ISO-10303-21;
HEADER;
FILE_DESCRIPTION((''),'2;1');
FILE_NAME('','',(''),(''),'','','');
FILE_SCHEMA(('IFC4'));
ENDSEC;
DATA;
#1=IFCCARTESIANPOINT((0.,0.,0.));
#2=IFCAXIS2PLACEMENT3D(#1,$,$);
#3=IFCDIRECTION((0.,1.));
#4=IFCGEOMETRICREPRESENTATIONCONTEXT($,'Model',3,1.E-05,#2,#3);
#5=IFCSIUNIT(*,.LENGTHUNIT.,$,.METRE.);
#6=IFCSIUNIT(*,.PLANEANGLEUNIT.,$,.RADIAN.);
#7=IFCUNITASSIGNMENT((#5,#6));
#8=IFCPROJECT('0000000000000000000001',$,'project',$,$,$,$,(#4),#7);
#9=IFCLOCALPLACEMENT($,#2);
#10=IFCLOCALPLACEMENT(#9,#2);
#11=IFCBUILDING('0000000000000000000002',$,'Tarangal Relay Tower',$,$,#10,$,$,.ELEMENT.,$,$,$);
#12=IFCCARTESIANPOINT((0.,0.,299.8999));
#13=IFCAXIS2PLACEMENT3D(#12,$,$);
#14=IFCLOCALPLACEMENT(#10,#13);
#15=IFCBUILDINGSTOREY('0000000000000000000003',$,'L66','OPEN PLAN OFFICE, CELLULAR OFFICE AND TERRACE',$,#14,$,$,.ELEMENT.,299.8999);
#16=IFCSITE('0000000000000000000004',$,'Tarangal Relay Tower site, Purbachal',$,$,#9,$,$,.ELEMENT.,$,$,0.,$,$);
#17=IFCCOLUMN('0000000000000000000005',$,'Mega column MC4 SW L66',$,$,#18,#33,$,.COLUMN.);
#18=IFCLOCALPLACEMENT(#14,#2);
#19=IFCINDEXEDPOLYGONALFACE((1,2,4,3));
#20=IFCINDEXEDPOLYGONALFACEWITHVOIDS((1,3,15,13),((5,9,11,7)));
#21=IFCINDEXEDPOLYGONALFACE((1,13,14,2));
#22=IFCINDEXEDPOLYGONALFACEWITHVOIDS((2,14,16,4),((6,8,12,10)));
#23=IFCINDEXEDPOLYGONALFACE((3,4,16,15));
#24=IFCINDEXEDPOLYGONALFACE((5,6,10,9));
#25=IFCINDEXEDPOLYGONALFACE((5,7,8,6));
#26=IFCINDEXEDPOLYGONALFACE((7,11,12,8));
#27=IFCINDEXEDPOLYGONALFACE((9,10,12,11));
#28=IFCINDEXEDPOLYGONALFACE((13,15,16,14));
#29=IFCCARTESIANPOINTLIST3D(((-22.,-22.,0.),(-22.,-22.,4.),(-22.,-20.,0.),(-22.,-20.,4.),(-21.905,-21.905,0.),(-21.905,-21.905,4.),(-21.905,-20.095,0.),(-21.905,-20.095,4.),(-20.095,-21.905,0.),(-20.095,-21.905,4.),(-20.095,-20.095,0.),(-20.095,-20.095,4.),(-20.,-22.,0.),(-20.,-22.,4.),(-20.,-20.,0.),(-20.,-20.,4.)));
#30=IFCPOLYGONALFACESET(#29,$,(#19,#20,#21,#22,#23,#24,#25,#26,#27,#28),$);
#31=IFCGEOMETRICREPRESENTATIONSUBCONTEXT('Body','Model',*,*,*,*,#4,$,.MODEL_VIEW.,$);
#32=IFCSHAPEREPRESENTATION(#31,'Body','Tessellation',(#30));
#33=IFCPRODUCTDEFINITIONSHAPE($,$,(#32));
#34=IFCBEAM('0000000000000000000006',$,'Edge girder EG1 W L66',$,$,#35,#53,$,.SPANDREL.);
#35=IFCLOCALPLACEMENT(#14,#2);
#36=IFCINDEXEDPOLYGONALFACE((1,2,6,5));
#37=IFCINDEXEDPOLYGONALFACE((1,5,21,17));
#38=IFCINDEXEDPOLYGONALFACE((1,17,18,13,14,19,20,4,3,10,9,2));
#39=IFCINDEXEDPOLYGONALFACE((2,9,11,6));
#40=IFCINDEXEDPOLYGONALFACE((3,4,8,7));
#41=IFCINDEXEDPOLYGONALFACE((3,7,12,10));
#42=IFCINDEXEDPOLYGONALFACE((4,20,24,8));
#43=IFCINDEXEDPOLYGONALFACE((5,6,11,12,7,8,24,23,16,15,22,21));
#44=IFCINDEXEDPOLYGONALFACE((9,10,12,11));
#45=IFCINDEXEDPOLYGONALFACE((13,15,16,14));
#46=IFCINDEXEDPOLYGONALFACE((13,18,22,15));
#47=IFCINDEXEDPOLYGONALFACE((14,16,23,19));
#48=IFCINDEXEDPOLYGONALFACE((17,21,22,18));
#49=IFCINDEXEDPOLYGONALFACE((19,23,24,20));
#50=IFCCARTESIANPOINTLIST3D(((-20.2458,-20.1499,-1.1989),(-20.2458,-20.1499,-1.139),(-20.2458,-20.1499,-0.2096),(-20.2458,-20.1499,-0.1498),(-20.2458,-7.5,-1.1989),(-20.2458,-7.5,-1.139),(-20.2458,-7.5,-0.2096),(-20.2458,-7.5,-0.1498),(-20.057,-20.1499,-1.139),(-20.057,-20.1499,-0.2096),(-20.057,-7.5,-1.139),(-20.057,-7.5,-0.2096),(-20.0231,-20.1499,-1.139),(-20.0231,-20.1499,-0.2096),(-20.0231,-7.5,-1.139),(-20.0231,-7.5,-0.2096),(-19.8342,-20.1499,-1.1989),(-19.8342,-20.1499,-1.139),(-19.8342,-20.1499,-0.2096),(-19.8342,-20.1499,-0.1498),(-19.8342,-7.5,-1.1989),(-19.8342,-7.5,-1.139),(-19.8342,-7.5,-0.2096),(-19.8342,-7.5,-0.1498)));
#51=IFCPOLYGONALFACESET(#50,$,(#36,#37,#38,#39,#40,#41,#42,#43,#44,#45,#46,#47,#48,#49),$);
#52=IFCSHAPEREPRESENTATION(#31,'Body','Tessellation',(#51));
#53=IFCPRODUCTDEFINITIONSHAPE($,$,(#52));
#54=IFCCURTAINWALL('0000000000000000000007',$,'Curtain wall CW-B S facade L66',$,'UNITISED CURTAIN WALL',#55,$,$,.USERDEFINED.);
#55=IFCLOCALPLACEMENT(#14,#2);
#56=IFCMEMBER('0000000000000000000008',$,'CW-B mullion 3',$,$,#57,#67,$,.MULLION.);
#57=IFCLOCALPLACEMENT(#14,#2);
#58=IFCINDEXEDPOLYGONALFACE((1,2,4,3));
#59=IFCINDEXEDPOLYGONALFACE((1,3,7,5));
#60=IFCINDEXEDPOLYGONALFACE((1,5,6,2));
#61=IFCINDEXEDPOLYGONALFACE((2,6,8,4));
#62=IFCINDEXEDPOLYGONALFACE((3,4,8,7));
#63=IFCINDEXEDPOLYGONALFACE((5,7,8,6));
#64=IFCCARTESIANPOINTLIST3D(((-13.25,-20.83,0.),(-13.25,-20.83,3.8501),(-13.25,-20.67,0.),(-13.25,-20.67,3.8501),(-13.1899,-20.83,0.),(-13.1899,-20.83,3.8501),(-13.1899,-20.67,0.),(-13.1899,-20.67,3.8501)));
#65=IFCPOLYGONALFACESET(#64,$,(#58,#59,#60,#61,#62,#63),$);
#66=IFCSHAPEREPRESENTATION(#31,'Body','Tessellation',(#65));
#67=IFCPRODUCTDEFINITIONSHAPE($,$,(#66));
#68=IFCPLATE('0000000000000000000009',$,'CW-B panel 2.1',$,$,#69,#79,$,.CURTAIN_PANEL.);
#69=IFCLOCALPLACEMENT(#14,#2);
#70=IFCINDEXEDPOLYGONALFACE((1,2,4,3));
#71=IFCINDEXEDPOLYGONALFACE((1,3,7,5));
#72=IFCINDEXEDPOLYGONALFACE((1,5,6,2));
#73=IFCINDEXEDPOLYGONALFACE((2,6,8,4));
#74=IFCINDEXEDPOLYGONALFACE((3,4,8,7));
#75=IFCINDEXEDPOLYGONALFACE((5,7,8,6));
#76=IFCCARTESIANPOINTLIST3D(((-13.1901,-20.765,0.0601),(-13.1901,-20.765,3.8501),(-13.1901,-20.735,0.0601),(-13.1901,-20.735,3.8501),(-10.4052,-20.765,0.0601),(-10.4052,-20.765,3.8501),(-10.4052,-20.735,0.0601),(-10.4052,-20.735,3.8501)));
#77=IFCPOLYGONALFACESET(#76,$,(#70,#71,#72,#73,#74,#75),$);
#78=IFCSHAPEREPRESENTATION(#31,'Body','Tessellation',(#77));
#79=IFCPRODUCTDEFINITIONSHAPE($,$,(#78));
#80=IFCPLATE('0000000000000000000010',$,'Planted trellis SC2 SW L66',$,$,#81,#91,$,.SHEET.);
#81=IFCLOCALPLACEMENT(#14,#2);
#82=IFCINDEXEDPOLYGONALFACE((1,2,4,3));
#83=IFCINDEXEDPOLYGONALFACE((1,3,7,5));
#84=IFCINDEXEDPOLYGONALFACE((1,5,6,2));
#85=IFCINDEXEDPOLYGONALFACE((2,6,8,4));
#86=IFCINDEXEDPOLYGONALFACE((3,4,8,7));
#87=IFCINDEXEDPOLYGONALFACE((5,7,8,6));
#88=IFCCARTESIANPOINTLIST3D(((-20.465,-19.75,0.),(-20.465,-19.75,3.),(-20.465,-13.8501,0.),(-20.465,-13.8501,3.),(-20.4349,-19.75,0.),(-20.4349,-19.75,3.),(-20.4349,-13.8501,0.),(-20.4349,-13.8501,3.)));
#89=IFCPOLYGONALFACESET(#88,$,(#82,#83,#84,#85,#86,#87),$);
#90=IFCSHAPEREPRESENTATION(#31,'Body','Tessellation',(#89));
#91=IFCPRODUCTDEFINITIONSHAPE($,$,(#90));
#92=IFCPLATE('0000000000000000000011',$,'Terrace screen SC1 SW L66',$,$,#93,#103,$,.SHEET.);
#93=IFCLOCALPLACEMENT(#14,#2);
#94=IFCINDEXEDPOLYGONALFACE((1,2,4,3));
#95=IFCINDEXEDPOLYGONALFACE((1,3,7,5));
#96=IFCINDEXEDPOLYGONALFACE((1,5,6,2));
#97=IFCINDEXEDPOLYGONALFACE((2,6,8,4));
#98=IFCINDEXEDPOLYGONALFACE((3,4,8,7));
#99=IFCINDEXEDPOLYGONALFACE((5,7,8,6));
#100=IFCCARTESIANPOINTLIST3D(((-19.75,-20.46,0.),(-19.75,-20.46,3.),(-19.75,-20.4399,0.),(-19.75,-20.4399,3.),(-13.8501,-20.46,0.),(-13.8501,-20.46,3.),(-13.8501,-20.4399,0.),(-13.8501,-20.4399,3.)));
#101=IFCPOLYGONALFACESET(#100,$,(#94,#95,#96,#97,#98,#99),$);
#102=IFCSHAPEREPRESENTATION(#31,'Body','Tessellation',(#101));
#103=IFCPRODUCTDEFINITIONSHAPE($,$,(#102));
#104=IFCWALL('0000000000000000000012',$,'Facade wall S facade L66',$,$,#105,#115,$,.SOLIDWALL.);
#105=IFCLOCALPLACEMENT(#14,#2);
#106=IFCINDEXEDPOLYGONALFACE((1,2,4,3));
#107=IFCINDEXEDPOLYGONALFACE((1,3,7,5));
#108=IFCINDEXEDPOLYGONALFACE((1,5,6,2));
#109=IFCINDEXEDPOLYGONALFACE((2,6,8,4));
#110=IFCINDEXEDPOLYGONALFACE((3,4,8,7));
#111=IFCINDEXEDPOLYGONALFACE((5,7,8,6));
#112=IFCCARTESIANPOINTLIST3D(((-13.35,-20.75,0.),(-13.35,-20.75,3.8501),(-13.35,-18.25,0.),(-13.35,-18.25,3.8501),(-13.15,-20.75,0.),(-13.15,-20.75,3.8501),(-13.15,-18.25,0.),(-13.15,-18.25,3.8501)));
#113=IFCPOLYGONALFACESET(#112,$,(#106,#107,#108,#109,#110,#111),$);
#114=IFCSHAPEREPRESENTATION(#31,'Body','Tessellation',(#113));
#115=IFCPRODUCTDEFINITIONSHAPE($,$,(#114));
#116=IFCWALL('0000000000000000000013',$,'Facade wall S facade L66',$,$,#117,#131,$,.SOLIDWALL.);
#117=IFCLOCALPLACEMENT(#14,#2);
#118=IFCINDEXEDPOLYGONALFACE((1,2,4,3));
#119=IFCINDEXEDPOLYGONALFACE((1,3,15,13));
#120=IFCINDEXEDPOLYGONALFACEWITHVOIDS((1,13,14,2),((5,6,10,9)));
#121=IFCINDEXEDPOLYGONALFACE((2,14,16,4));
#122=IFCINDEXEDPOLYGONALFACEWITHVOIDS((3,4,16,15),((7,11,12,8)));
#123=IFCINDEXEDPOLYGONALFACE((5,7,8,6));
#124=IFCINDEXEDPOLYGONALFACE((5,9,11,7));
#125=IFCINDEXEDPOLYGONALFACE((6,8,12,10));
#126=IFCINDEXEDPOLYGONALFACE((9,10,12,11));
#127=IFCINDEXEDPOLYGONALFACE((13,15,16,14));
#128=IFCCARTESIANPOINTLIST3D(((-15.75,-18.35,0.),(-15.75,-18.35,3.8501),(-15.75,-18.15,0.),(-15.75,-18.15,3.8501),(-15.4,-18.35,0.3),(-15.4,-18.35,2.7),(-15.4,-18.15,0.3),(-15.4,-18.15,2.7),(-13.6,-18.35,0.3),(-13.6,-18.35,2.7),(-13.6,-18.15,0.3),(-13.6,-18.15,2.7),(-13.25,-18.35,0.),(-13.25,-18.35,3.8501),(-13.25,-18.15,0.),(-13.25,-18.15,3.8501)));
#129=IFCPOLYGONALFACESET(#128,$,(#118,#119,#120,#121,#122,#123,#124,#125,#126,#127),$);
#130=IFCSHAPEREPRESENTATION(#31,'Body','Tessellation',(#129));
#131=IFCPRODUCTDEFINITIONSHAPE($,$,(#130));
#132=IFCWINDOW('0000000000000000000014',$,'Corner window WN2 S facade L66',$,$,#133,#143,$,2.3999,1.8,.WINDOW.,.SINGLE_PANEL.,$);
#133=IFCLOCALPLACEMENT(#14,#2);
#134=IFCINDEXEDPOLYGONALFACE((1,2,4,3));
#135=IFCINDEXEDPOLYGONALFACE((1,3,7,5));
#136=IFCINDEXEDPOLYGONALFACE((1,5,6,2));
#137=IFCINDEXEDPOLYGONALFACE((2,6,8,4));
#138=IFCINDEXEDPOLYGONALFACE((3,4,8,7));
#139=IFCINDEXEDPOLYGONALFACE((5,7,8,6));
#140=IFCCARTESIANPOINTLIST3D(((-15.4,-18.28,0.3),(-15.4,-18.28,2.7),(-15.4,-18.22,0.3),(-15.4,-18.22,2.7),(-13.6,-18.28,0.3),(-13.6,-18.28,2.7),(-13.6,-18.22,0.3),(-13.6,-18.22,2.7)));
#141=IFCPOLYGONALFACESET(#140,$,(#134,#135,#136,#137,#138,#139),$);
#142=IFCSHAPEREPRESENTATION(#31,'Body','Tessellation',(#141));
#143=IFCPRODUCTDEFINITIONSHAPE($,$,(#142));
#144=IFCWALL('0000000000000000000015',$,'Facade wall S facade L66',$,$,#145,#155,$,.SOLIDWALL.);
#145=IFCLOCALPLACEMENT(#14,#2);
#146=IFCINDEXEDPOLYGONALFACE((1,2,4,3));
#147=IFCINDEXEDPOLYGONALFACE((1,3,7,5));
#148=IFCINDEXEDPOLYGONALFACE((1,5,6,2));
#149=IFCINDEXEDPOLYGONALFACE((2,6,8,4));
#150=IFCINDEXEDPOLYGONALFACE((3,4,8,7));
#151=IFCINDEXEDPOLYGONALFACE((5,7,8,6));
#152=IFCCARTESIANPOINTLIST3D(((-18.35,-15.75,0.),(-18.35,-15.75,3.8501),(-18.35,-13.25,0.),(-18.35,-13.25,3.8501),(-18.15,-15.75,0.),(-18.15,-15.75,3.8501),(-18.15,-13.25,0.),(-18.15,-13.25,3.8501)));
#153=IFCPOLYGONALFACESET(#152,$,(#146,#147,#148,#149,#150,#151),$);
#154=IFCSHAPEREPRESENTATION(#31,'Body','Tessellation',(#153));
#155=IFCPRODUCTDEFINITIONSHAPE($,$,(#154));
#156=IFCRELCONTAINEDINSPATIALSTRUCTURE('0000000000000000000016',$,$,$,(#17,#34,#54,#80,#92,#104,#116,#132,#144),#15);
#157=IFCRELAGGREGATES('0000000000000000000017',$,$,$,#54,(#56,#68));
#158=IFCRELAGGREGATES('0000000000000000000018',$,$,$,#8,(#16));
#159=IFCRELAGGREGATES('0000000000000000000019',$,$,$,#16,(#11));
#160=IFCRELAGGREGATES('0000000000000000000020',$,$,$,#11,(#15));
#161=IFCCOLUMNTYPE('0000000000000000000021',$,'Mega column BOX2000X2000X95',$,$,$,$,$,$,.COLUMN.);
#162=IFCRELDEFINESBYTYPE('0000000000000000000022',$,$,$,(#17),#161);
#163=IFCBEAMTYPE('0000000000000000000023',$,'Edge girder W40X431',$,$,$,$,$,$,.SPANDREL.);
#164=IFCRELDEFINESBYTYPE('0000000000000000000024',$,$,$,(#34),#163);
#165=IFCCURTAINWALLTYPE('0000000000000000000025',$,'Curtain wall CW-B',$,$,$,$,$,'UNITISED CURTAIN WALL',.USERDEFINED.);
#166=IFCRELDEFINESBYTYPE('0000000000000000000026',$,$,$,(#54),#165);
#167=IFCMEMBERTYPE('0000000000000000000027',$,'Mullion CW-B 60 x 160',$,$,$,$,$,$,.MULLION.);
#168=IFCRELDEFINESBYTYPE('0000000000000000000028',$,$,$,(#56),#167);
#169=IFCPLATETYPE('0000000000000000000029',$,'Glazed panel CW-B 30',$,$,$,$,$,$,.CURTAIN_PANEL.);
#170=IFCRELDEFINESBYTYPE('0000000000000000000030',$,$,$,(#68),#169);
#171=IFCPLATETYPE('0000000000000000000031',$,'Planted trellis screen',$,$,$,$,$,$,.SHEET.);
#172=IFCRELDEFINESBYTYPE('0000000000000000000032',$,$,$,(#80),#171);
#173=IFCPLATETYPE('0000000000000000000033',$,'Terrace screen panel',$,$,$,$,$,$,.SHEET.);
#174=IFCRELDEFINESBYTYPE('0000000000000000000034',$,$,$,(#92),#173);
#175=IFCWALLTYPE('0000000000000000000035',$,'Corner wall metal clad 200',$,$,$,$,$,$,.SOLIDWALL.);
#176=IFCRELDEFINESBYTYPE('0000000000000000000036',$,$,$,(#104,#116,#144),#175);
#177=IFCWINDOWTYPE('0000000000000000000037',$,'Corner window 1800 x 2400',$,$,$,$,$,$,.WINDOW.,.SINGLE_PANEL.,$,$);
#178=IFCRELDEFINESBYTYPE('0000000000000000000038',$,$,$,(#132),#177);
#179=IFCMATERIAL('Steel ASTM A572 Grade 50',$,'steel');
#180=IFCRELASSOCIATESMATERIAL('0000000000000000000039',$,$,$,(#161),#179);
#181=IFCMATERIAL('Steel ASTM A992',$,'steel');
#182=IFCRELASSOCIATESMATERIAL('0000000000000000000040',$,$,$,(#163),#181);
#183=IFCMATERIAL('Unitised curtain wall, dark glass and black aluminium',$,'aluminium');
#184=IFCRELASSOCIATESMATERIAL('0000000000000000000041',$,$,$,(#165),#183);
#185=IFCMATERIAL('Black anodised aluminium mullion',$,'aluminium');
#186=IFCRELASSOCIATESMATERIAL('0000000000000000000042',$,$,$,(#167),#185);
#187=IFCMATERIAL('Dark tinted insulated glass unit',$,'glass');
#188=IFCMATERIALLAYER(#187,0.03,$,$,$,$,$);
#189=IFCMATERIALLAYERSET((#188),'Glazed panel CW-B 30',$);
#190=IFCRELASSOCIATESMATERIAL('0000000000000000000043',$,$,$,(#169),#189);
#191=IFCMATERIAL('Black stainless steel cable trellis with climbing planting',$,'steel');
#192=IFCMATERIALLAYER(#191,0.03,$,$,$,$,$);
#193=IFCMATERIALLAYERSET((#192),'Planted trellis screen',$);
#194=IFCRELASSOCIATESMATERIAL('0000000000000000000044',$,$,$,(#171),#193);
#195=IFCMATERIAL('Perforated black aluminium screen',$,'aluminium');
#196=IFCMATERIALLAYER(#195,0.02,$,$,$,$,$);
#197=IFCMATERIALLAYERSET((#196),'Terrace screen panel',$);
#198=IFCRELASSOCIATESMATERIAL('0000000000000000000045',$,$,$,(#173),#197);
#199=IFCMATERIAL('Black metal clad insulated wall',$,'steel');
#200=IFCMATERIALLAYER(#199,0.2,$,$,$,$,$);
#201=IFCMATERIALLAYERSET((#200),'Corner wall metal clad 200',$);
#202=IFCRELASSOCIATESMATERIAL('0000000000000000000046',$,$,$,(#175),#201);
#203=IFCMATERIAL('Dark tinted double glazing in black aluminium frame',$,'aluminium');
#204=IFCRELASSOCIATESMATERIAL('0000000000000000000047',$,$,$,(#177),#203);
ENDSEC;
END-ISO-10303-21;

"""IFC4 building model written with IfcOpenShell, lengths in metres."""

from ifc_helpers import new_model, si_unit, direction, frame, frame_2d, origin, origin_2d, place, context, subcontext, project, spatial, rectangle, hollow_rectangle, i_section, extrude, material, layer, layer_set, material_profile, profile_set, type_object, element, fill, aggregate, save


model = new_model("IFC4")

# Units and contexts
model_context = context("Model", 3, precision=1e-05, world=origin(), true_north=direction((0.0, 1.0)))
body_context = subcontext(model_context, "Body", "Model", "MODEL_VIEW")
ifc_project = project(units=[si_unit("LENGTHUNIT", "METRE"), si_unit("PLANEANGLEUNIT", "RADIAN")], contexts=[model_context])

# Site, building, storey
site_placement = place(None, origin())
site = spatial("IfcSite", under=ifc_project, at=site_placement, Name="Tarangal Relay Tower site, Purbachal", CompositionType="ELEMENT", RefElevation=0.0)
building_placement = place(site_placement, origin())
building = spatial("IfcBuilding", under=site, at=building_placement, Name="Tarangal Relay Tower", CompositionType="ELEMENT")
storey_placement = place(building_placement, frame((0.0, 0.0, 299.8999)))
storey = spatial("IfcBuildingStorey", under=building, at=storey_placement, Name="L66", Description="OPEN PLAN OFFICE, CELLULAR OFFICE AND TERRACE", CompositionType="ELEMENT", Elevation=299.8999)

# Column
ifc_material_1 = material(Name="Steel ASTM A572 Grade 50", Category="steel")
ifc_material_profile_1 = material_profile(ifc_material_1, hollow_rectangle(XDim=2.0, YDim=2.0, WallThickness=0.095, at=origin_2d()), Name="BOX2000X2000X95")
ifc_profile_set_1 = profile_set([ifc_material_profile_1], Name="Steel ASTM A572 Grade 50")
column_type = type_object("IfcColumnType", Name="Mega column BOX2000X2000X95", PredefinedType="COLUMN", material=ifc_profile_set_1)
column_placement = place(storey_placement, frame((-21.0, -21.0, 0.0), z_axis=(0.0, 0.0, 1.0), x_axis=(1.0, 0.0, 0.0)))
element("IfcColumn", 1, at=column_placement, inside=storey, type_object=column_type, Name="Mega column MC4 SW L66", PredefinedType="COLUMN", context=body_context, shape_type="SweptSolid", body=[
    extrude(hollow_rectangle(XDim=2.0, YDim=2.0, WallThickness=0.095, at=origin_2d()), origin(), (0.0, 0.0, 1.0), 4.0),
])

# Beam
ifc_material_2 = material(Name="Steel ASTM A992", Category="steel")
ifc_material_profile_2 = material_profile(ifc_material_2, i_section(OverallWidth=0.4116, OverallDepth=1.0491, WebThickness=0.0339, FlangeThickness=0.0598, at=origin_2d()), Name="W40X431")
ifc_profile_set_2 = profile_set([ifc_material_profile_2], Name="Steel ASTM A992")
beam_type = type_object("IfcBeamType", Name="Edge girder W40X431", PredefinedType="SPANDREL", material=ifc_profile_set_2)
beam_placement = place(storey_placement, frame((-20.04, -20.1499, -0.6743), z_axis=(0.0, 1.0, 0.0), x_axis=(-1.0, 0.0, 0.0)))
element("IfcBeam", 2, at=beam_placement, inside=storey, type_object=beam_type, Name="Edge girder EG1 W L66", PredefinedType="SPANDREL", context=body_context, shape_type="SweptSolid", body=[
    extrude(i_section(OverallWidth=0.4116, OverallDepth=1.0491, WebThickness=0.0339, FlangeThickness=0.0598, at=origin_2d()), origin(), (0.0, 0.0, 1.0), 12.6499),
])

# Curtain wall, member, plate
ifc_material_3 = material(Name="Unitised curtain wall, dark glass and black aluminium", Category="aluminium")
curtain_wall_type = type_object("IfcCurtainWallType", Name="Curtain wall CW-B", ElementType="UNITISED CURTAIN WALL", PredefinedType="USERDEFINED", material=ifc_material_3)
curtain_wall_placement = place(storey_placement, origin())
curtain_wall = element("IfcCurtainWall", 3, at=curtain_wall_placement, inside=storey, type_object=curtain_wall_type, Name="Curtain wall CW-B S facade L66", ObjectType="UNITISED CURTAIN WALL", PredefinedType="USERDEFINED")
ifc_material_4 = material(Name="Black anodised aluminium mullion", Category="aluminium")
ifc_material_profile_3 = material_profile(ifc_material_4, rectangle(XDim=0.1599, YDim=0.0601, at=origin_2d()), Name="CW-BM 60X160")
ifc_profile_set_3 = profile_set([ifc_material_profile_3], Name="Black anodised aluminium mullion")
member_type = type_object("IfcMemberType", Name="Mullion CW-B 60 x 160", PredefinedType="MULLION", material=ifc_profile_set_3)
member_placement = place(storey_placement, frame((-13.22, -20.75, 0.0), z_axis=(0.0, 0.0, 1.0), x_axis=(0.0, -1.0, 0.0)))
member = element("IfcMember", 4, at=member_placement, type_object=member_type, Name="CW-B mullion 3", PredefinedType="MULLION", context=body_context, shape_type="SweptSolid", body=[
    extrude(rectangle(XDim=0.1599, YDim=0.0601, at=origin_2d()), origin(), (0.0, 0.0, 1.0), 3.8501),
])
ifc_material_5 = material(Name="Dark tinted insulated glass unit", Category="glass")
ifc_layer_1 = layer(ifc_material_5, 0.03)
ifc_layer_set_1 = layer_set([ifc_layer_1], Name="Glazed panel CW-B 30")
plate_type_1 = type_object("IfcPlateType", Name="Glazed panel CW-B 30", PredefinedType="CURTAIN_PANEL", material=ifc_layer_set_1)
plate_1_placement = place(storey_placement, frame((-11.7976, -20.75, 0.0601), z_axis=(0.0, 0.0, 1.0), x_axis=(-1.0, 0.0, 0.0)))
plate_1 = element("IfcPlate", 5, at=plate_1_placement, type_object=plate_type_1, Name="CW-B panel 2.1", PredefinedType="CURTAIN_PANEL", context=body_context, shape_type="SweptSolid", body=[
    extrude(rectangle(XDim=2.7849, YDim=0.03, at=origin_2d()), origin(), (0.0, 0.0, 1.0), 3.79),
])
aggregate(curtain_wall, [member, plate_1])

# Plates
ifc_material_6 = material(Name="Black stainless steel cable trellis with climbing planting", Category="steel")
ifc_layer_2 = layer(ifc_material_6, 0.03)
ifc_layer_set_2 = layer_set([ifc_layer_2], Name="Planted trellis screen")
plate_type_2 = type_object("IfcPlateType", Name="Planted trellis screen", PredefinedType="SHEET", material=ifc_layer_set_2)
plate_2_placement = place(storey_placement, frame((-20.45, -16.8, 0.0), z_axis=(0.0, 0.0, 1.0), x_axis=(0.0, 1.0, 0.0)))
element("IfcPlate", 6, at=plate_2_placement, inside=storey, type_object=plate_type_2, Name="Planted trellis SC2 SW L66", PredefinedType="SHEET", context=body_context, shape_type="SweptSolid", body=[
    extrude(rectangle(XDim=5.8999, YDim=0.03, at=origin_2d()), origin(), (0.0, 0.0, 1.0), 3.0),
])
ifc_material_7 = material(Name="Perforated black aluminium screen", Category="aluminium")
ifc_layer_3 = layer(ifc_material_7, 0.02)
ifc_layer_set_3 = layer_set([ifc_layer_3], Name="Terrace screen panel")
plate_type_3 = type_object("IfcPlateType", Name="Terrace screen panel", PredefinedType="SHEET", material=ifc_layer_set_3)
plate_3_placement = place(storey_placement, frame((-16.8, -20.45, 0.0), z_axis=(0.0, 0.0, 1.0), x_axis=(-1.0, 0.0, 0.0)))
element("IfcPlate", 7, at=plate_3_placement, inside=storey, type_object=plate_type_3, Name="Terrace screen SC1 SW L66", PredefinedType="SHEET", context=body_context, shape_type="SweptSolid", body=[
    extrude(rectangle(XDim=5.8999, YDim=0.02, at=origin_2d()), origin(), (0.0, 0.0, 1.0), 3.0),
])

# Wall
ifc_material_8 = material(Name="Black metal clad insulated wall", Category="steel")
ifc_layer_4 = layer(ifc_material_8, 0.2)
ifc_layer_set_4 = layer_set([ifc_layer_4], Name="Corner wall metal clad 200")
wall_type = type_object("IfcWallType", Name="Corner wall metal clad 200", PredefinedType="SOLIDWALL", material=ifc_layer_set_4)
wall_1_placement = place(storey_placement, frame((-13.25, -20.75, 0.0), z_axis=(0.0, 0.0, 1.0), x_axis=(0.0, 1.0, 0.0)))
element("IfcWall", 8, at=wall_1_placement, inside=storey, type_object=wall_type, Name="Facade wall S facade L66", PredefinedType="SOLIDWALL", context=body_context, shape_type="SweptSolid", body=[
    extrude(rectangle(XDim=2.5, YDim=0.2, at=frame_2d((1.25, 0.0))), origin(), (0.0, 0.0, 1.0), 3.8501),
])

# Wall, opening, window
wall_2_placement = place(storey_placement, frame((-13.25, -18.25, 0.0), z_axis=(0.0, 0.0, 1.0), x_axis=(-1.0, 0.0, 0.0)))
wall_2 = element("IfcWall", 9, at=wall_2_placement, inside=storey, type_object=wall_type, Name="Facade wall S facade L66", PredefinedType="SOLIDWALL", context=body_context, shape_type="SweptSolid", body=[
    extrude(rectangle(XDim=2.5, YDim=0.2, at=frame_2d((1.25, 0.0))), origin(), (0.0, 0.0, 1.0), 3.8501),
])
opening_1_placement = place(wall_2_placement, frame((0.3501, 0.0, 0.3)))
opening_1 = element("IfcOpeningElement", 10, at=opening_1_placement, cuts=wall_2, PredefinedType="OPENING", context=body_context, shape_type="SweptSolid", body=[
    extrude(rectangle(XDim=1.8, YDim=2.3999, at=frame_2d((0.8999, 1.2))), frame((0.0, 0.1099, 0.0), z_axis=(0.0, -1.0, 0.0), x_axis=(1.0, 0.0, 0.0)), (0.0, 0.0, 1.0), 0.22),
])
ifc_material_9 = material(Name="Dark tinted double glazing in black aluminium frame", Category="aluminium")
window_type = type_object("IfcWindowType", Name="Corner window 1800 x 2400", PartitioningType="SINGLE_PANEL", PredefinedType="WINDOW", material=ifc_material_9)
window_placement = place(opening_1_placement, origin())
window = element("IfcWindow", 11, at=window_placement, inside=storey, type_object=window_type, Name="Corner window WN2 S facade L66", OverallHeight=2.3999, OverallWidth=1.8, PartitioningType="SINGLE_PANEL", PredefinedType="WINDOW", context=body_context, shape_type="SweptSolid", body=[
    extrude(rectangle(XDim=1.8, YDim=2.3999, at=frame_2d((0.8999, 1.2))), frame((0.0, 0.03, 0.0), z_axis=(0.0, -1.0, 0.0), x_axis=(1.0, 0.0, 0.0)), (0.0, 0.0, 1.0), 0.0601),
])
fill(opening_1, window)

# Wall
wall_3_placement = place(storey_placement, frame((-18.25, -15.75, 0.0), z_axis=(0.0, 0.0, 1.0), x_axis=(0.0, 1.0, 0.0)))
element("IfcWall", 12, at=wall_3_placement, inside=storey, type_object=wall_type, Name="Facade wall S facade L66", PredefinedType="SOLIDWALL", context=body_context, shape_type="SweptSolid", body=[
    extrude(rectangle(XDim=2.5, YDim=0.2, at=frame_2d((1.25, 0.0))), origin(), (0.0, 0.0, 1.0), 3.8501),
])

save(model, "model.ifc")
